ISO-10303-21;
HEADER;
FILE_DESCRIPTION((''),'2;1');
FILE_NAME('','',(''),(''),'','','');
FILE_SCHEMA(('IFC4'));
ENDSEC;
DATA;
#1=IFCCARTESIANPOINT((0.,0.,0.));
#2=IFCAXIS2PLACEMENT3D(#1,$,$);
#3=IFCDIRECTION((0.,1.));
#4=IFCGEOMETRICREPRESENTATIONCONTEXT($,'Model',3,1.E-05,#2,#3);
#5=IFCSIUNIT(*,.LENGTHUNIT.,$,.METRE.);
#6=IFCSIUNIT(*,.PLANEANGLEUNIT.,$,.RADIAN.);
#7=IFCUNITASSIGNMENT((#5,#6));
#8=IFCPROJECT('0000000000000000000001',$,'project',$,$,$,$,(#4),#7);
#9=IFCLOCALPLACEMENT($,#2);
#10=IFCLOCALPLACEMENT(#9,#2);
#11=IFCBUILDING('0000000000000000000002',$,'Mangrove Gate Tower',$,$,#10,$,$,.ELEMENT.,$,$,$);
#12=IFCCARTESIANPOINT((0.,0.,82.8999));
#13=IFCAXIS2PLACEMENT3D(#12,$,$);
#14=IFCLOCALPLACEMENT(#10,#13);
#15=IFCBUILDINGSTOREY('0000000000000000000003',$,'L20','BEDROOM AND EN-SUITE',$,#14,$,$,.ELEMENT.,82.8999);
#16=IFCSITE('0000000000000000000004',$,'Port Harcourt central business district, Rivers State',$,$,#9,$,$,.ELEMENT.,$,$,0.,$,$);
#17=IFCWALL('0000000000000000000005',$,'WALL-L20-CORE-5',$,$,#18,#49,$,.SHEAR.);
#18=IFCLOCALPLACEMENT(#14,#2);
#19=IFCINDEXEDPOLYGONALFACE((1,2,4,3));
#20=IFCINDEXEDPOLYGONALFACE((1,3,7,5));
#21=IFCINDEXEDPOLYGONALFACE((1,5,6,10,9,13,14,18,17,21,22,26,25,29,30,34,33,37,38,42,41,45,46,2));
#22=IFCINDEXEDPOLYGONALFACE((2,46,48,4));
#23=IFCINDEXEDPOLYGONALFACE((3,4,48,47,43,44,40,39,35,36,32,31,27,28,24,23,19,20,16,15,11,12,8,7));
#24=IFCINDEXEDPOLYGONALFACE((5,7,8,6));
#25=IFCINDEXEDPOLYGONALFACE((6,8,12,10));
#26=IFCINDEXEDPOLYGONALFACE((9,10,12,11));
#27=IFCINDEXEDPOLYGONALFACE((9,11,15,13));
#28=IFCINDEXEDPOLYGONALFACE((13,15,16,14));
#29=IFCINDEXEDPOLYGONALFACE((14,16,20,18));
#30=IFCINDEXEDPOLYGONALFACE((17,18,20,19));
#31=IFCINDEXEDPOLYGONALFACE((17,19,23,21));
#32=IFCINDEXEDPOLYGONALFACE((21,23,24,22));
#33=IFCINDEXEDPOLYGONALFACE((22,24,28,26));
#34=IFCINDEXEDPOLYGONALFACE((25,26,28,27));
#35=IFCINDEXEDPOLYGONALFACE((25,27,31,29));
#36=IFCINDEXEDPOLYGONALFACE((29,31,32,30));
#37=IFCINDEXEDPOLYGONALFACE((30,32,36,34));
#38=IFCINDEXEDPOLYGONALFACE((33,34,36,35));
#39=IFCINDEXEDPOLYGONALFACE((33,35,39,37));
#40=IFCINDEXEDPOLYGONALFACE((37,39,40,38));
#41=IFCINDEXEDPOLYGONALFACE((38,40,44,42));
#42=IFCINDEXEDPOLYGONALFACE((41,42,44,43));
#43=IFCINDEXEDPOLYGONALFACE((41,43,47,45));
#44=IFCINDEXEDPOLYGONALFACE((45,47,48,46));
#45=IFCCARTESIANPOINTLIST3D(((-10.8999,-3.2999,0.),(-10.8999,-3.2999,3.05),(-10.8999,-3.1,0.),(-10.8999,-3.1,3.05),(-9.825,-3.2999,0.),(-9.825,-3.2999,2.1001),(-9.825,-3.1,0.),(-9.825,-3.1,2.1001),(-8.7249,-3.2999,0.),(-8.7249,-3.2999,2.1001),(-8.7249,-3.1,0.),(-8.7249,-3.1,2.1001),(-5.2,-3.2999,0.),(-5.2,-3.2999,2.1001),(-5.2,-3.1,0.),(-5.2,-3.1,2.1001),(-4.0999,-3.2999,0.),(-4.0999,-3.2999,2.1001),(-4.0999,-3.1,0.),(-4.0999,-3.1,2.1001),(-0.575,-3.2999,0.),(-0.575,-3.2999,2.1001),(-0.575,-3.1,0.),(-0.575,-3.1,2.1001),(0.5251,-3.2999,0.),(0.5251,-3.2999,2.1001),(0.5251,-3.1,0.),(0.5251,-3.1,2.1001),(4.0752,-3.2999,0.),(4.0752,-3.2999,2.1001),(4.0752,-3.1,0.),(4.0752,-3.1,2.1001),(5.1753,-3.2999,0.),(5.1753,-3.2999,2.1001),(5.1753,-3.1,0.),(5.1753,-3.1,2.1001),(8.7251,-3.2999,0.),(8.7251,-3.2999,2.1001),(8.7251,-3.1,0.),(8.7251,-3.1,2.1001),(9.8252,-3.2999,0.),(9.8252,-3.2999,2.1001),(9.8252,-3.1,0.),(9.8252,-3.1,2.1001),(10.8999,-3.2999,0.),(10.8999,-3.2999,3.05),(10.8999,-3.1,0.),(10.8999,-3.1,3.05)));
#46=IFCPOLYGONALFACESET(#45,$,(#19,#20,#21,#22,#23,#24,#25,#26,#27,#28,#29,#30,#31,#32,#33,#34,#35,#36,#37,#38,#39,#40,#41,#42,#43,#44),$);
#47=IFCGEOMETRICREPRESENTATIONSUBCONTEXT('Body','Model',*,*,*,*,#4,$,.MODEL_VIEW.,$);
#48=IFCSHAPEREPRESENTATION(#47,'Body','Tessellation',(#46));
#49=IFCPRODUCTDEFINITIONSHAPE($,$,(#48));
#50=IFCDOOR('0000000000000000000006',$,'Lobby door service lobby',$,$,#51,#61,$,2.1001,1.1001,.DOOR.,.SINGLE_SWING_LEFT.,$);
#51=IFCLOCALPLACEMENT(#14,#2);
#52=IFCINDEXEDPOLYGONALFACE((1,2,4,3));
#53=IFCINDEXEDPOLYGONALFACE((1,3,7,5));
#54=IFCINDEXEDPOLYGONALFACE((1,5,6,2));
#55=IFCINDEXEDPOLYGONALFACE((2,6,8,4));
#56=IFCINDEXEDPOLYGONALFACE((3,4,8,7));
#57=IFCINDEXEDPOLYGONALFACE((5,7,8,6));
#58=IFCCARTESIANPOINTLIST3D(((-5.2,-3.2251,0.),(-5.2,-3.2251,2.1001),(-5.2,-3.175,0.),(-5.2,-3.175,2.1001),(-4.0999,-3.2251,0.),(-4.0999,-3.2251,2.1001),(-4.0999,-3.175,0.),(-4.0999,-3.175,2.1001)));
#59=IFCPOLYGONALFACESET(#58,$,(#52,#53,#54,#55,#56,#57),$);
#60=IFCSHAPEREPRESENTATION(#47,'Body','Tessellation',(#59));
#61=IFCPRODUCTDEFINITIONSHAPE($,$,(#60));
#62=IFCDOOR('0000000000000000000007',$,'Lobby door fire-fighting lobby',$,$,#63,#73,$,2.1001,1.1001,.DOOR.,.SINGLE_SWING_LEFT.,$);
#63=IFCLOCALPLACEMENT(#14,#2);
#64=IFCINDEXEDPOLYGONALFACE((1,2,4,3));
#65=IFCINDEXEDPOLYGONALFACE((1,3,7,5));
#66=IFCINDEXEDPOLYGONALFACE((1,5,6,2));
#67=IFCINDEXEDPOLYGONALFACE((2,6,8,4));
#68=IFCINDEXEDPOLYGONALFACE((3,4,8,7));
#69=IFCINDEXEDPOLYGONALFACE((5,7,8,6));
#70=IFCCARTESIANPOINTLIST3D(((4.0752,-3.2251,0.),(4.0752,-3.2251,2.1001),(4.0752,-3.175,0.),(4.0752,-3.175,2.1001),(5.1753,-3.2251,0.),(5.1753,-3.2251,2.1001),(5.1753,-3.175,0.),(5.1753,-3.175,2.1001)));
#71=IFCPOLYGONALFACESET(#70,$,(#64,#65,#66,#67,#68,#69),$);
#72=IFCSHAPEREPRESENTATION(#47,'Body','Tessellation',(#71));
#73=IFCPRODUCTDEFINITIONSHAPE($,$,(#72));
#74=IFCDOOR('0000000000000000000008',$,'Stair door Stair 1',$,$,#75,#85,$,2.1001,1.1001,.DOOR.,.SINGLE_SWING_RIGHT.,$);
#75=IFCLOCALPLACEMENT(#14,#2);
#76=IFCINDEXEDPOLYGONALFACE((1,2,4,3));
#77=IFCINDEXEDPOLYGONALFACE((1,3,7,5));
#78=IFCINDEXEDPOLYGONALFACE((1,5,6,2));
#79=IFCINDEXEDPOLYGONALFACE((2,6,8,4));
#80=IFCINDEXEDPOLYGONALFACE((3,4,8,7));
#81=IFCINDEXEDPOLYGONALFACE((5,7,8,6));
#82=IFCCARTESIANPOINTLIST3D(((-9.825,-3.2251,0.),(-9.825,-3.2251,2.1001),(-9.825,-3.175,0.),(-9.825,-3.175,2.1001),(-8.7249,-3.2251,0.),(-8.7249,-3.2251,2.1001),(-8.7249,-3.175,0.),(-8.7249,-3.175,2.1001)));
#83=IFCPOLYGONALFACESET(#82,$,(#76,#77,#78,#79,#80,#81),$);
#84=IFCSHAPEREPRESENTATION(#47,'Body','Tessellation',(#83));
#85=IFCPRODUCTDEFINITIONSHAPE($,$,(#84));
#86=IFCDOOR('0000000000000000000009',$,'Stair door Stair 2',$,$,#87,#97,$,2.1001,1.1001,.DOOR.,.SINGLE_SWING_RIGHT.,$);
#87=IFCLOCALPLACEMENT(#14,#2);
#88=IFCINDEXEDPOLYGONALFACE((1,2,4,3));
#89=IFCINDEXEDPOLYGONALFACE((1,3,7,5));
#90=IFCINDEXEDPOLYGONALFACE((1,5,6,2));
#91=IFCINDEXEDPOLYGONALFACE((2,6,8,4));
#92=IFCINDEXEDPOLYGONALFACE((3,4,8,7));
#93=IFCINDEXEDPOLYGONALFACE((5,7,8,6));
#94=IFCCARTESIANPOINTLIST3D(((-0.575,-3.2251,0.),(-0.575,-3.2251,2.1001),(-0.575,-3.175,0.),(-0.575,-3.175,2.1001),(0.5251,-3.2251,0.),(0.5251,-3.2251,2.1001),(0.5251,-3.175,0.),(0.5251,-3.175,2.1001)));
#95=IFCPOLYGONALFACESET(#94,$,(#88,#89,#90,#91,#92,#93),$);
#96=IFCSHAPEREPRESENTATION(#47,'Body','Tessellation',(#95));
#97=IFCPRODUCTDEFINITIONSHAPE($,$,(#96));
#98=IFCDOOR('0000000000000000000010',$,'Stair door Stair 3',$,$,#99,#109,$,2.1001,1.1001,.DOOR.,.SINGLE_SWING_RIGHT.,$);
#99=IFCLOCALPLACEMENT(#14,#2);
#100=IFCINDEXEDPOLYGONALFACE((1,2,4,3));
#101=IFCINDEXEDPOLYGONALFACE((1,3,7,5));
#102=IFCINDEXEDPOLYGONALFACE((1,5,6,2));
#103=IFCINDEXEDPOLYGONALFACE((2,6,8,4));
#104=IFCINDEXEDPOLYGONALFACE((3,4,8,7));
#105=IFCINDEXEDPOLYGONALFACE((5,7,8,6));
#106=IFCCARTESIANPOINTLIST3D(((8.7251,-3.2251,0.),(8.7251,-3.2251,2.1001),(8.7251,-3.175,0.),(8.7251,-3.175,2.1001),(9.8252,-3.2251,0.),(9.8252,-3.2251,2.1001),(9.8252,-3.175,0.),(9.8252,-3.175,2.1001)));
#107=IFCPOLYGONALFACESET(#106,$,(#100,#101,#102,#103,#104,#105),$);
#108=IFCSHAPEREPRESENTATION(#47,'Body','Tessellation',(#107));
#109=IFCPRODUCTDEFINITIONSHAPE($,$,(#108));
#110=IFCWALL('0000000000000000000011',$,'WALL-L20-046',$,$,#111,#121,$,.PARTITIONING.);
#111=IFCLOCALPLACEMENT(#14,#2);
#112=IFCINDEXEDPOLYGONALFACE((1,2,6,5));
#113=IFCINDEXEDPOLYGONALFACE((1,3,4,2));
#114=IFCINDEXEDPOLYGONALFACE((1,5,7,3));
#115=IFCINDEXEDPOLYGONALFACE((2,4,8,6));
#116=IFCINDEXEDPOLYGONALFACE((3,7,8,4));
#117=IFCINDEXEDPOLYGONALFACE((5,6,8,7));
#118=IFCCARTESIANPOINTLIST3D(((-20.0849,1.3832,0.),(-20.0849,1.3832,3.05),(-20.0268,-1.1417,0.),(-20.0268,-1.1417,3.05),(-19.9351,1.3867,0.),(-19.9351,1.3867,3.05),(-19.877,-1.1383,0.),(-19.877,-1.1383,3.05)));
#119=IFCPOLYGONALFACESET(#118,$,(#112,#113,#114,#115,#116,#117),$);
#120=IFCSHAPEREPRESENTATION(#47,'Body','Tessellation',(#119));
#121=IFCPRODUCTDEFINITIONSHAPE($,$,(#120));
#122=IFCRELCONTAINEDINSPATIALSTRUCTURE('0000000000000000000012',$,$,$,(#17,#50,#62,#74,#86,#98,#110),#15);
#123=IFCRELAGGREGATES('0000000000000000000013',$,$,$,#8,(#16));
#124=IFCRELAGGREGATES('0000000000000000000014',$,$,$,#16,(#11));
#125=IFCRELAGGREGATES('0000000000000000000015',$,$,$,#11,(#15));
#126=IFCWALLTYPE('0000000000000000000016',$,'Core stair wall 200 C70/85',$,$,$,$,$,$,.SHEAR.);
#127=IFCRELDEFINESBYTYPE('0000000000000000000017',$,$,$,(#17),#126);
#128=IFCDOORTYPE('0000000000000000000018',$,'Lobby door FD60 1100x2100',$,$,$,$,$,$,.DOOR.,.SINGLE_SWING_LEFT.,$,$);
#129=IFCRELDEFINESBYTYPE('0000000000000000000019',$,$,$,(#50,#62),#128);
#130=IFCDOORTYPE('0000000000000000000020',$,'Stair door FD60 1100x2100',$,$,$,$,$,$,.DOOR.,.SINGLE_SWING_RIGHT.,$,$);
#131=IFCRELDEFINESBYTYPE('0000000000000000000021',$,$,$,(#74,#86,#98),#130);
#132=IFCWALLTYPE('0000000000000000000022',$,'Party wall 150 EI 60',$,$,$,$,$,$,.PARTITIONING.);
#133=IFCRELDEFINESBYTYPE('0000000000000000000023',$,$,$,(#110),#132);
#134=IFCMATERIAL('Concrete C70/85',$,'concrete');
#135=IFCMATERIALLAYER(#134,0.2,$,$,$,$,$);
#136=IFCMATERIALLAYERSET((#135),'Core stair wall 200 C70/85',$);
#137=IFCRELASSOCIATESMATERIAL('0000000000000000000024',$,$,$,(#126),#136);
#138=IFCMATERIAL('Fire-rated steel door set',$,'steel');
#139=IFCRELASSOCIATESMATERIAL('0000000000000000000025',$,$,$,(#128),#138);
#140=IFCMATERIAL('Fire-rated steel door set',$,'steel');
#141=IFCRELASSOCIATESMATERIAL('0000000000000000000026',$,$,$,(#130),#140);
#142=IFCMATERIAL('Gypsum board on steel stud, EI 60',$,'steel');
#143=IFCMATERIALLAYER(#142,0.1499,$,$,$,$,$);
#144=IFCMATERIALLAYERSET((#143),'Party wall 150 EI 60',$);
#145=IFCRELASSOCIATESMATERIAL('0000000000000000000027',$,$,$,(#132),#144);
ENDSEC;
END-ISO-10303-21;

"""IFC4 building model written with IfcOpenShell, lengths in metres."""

from ifc_helpers import new_model, si_unit, direction, frame, frame_2d, origin, place, context, subcontext, project, spatial, rectangle, extrude, material, layer, layer_set, type_object, element, fill, save


model = new_model("IFC4")

# Units and contexts
model_context = context("Model", 3, precision=1e-05, world=origin(), true_north=direction((0.0, 1.0)))
body_context = subcontext(model_context, "Body", "Model", "MODEL_VIEW")
ifc_project = project(units=[si_unit("LENGTHUNIT", "METRE"), si_unit("PLANEANGLEUNIT", "RADIAN")], contexts=[model_context])

# Site, building, storey
site_placement = place(None, origin())
site = spatial("IfcSite", under=ifc_project, at=site_placement, Name="Port Harcourt central business district, Rivers State", CompositionType="ELEMENT", RefElevation=0.0)
building_placement = place(site_placement, origin())
building = spatial("IfcBuilding", under=site, at=building_placement, Name="Mangrove Gate Tower", CompositionType="ELEMENT")
storey_placement = place(building_placement, frame((0.0, 0.0, 82.8999)))
storey = spatial("IfcBuildingStorey", under=building, at=storey_placement, Name="L20", Description="BEDROOM AND EN-SUITE", CompositionType="ELEMENT", Elevation=82.8999)

# Wall, openings, doors
ifc_material_1 = material(Name="Concrete C70/85", Category="concrete")
ifc_layer_1 = layer(ifc_material_1, 0.2)
ifc_layer_set_1 = layer_set([ifc_layer_1], Name="Core stair wall 200 C70/85")
wall_type_1 = type_object("IfcWallType", Name="Core stair wall 200 C70/85", PredefinedType="SHEAR", material=ifc_layer_set_1)
wall_1_placement = place(storey_placement, frame((-10.8999, -3.2, 0.0), z_axis=(0.0, 0.0, 1.0), x_axis=(1.0, 0.0, 0.0)))
wall_1 = element("IfcWall", 1, at=wall_1_placement, inside=storey, type_object=wall_type_1, Name="WALL-L20-CORE-5", PredefinedType="SHEAR", context=body_context, shape_type="SweptSolid", body=[
    extrude(rectangle(XDim=21.7998, YDim=0.2, at=frame_2d((10.8999, 0.0))), origin(), (0.0, 0.0, 1.0), 3.05),
])
opening_1_placement = place(wall_1_placement, frame((1.075, 0.0, 0.0)))
opening_1 = element("IfcOpeningElement", 2, at=opening_1_placement, cuts=wall_1, PredefinedType="OPENING", context=body_context, shape_type="SweptSolid", body=[
    extrude(rectangle(XDim=1.1001, YDim=2.1001, at=frame_2d((0.55, 1.05))), frame((0.0, 0.1099, 0.0), z_axis=(0.0, -1.0, 0.0), x_axis=(1.0, 0.0, 0.0)), (0.0, 0.0, 1.0), 0.22),
])
opening_2_placement = place(wall_1_placement, frame((10.325, 0.0, 0.0)))
opening_2 = element("IfcOpeningElement", 3, at=opening_2_placement, cuts=wall_1, PredefinedType="OPENING", context=body_context, shape_type="SweptSolid", body=[
    extrude(rectangle(XDim=1.1001, YDim=2.1001, at=frame_2d((0.55, 1.05))), frame((0.0, 0.1099, 0.0), z_axis=(0.0, -1.0, 0.0), x_axis=(1.0, 0.0, 0.0)), (0.0, 0.0, 1.0), 0.22),
])
opening_3_placement = place(wall_1_placement, frame((19.625, 0.0, 0.0)))
opening_3 = element("IfcOpeningElement", 4, at=opening_3_placement, cuts=wall_1, PredefinedType="OPENING", context=body_context, shape_type="SweptSolid", body=[
    extrude(rectangle(XDim=1.1001, YDim=2.1001, at=frame_2d((0.55, 1.05))), frame((0.0, 0.1099, 0.0), z_axis=(0.0, -1.0, 0.0), x_axis=(1.0, 0.0, 0.0)), (0.0, 0.0, 1.0), 0.22),
])
opening_4_placement = place(wall_1_placement, frame((5.7, 0.0, 0.0)))
opening_4 = element("IfcOpeningElement", 5, at=opening_4_placement, cuts=wall_1, PredefinedType="OPENING", context=body_context, shape_type="SweptSolid", body=[
    extrude(rectangle(XDim=1.1001, YDim=2.1001, at=frame_2d((0.55, 1.05))), frame((0.0, 0.1099, 0.0), z_axis=(0.0, -1.0, 0.0), x_axis=(1.0, 0.0, 0.0)), (0.0, 0.0, 1.0), 0.22),
])
opening_5_placement = place(wall_1_placement, frame((14.9751, 0.0, 0.0)))
opening_5 = element("IfcOpeningElement", 6, at=opening_5_placement, cuts=wall_1, PredefinedType="OPENING", context=body_context, shape_type="SweptSolid", body=[
    extrude(rectangle(XDim=1.1001, YDim=2.1001, at=frame_2d((0.55, 1.05))), frame((0.0, 0.1099, 0.0), z_axis=(0.0, -1.0, 0.0), x_axis=(1.0, 0.0, 0.0)), (0.0, 0.0, 1.0), 0.22),
])
ifc_material_2 = material(Name="Fire-rated steel door set", Category="steel")
door_type_1 = type_object("IfcDoorType", Name="Lobby door FD60 1100x2100", OperationType="SINGLE_SWING_LEFT", PredefinedType="DOOR", material=ifc_material_2)
door_1_placement = place(opening_4_placement, origin())
door_1 = element("IfcDoor", 7, at=door_1_placement, inside=storey, type_object=door_type_1, Name="Lobby door service lobby", OperationType="SINGLE_SWING_LEFT", OverallHeight=2.1001, OverallWidth=1.1001, PredefinedType="DOOR", context=body_context, shape_type="SweptSolid", body=[
    extrude(rectangle(XDim=1.1001, YDim=2.1001, at=frame_2d((0.55, 1.05))), frame((0.0, 0.0249, 0.0), z_axis=(0.0, -1.0, 0.0), x_axis=(1.0, 0.0, 0.0)), (0.0, 0.0, 1.0), 0.05),
])
fill(opening_4, door_1)
door_2_placement = place(opening_5_placement, origin())
door_2 = element("IfcDoor", 8, at=door_2_placement, inside=storey, type_object=door_type_1, Name="Lobby door fire-fighting lobby", OperationType="SINGLE_SWING_LEFT", OverallHeight=2.1001, OverallWidth=1.1001, PredefinedType="DOOR", context=body_context, shape_type="SweptSolid", body=[
    extrude(rectangle(XDim=1.1001, YDim=2.1001, at=frame_2d((0.55, 1.05))), frame((0.0, 0.0249, 0.0), z_axis=(0.0, -1.0, 0.0), x_axis=(1.0, 0.0, 0.0)), (0.0, 0.0, 1.0), 0.05),
])
fill(opening_5, door_2)
ifc_material_3 = material(Name="Fire-rated steel door set", Category="steel")
door_type_2 = type_object("IfcDoorType", Name="Stair door FD60 1100x2100", OperationType="SINGLE_SWING_RIGHT", PredefinedType="DOOR", material=ifc_material_3)
door_3_placement = place(opening_1_placement, origin())
door_3 = element("IfcDoor", 9, at=door_3_placement, inside=storey, type_object=door_type_2, Name="Stair door Stair 1", OperationType="SINGLE_SWING_RIGHT", OverallHeight=2.1001, OverallWidth=1.1001, PredefinedType="DOOR", context=body_context, shape_type="SweptSolid", body=[
    extrude(rectangle(XDim=1.1001, YDim=2.1001, at=frame_2d((0.55, 1.05))), frame((0.0, 0.0249, 0.0), z_axis=(0.0, -1.0, 0.0), x_axis=(1.0, 0.0, 0.0)), (0.0, 0.0, 1.0), 0.05),
])
fill(opening_1, door_3)
door_4_placement = place(opening_2_placement, origin())
door_4 = element("IfcDoor", 10, at=door_4_placement, inside=storey, type_object=door_type_2, Name="Stair door Stair 2", OperationType="SINGLE_SWING_RIGHT", OverallHeight=2.1001, OverallWidth=1.1001, PredefinedType="DOOR", context=body_context, shape_type="SweptSolid", body=[
    extrude(rectangle(XDim=1.1001, YDim=2.1001, at=frame_2d((0.55, 1.05))), frame((0.0, 0.0249, 0.0), z_axis=(0.0, -1.0, 0.0), x_axis=(1.0, 0.0, 0.0)), (0.0, 0.0, 1.0), 0.05),
])
fill(opening_2, door_4)
door_5_placement = place(opening_3_placement, origin())
door_5 = element("IfcDoor", 11, at=door_5_placement, inside=storey, type_object=door_type_2, Name="Stair door Stair 3", OperationType="SINGLE_SWING_RIGHT", OverallHeight=2.1001, OverallWidth=1.1001, PredefinedType="DOOR", context=body_context, shape_type="SweptSolid", body=[
    extrude(rectangle(XDim=1.1001, YDim=2.1001, at=frame_2d((0.55, 1.05))), frame((0.0, 0.0249, 0.0), z_axis=(0.0, -1.0, 0.0), x_axis=(1.0, 0.0, 0.0)), (0.0, 0.0, 1.0), 0.05),
])
fill(opening_3, door_5)

# Wall
ifc_material_4 = material(Name="Gypsum board on steel stud, EI 60", Category="steel")
ifc_layer_2 = layer(ifc_material_4, 0.1499)
ifc_layer_set_2 = layer_set([ifc_layer_2], Name="Party wall 150 EI 60")
wall_type_2 = type_object("IfcWallType", Name="Party wall 150 EI 60", PredefinedType="PARTITIONING", material=ifc_layer_set_2)
wall_2_placement = place(storey_placement, frame((-19.9519, -1.1399, 0.0), z_axis=(0.0, 0.0, 1.0), x_axis=(-0.023007, 0.999735, 0.0)))
element("IfcWall", 12, at=wall_2_placement, inside=storey, type_object=wall_type_2, Name="WALL-L20-046", PredefinedType="PARTITIONING", context=body_context, shape_type="SweptSolid", body=[
    extrude(rectangle(XDim=2.5256, YDim=0.1499, at=frame_2d((1.2627, 0.0))), origin(), (0.0, 0.0, 1.0), 3.05),
])

save(model, "model.ifc")
